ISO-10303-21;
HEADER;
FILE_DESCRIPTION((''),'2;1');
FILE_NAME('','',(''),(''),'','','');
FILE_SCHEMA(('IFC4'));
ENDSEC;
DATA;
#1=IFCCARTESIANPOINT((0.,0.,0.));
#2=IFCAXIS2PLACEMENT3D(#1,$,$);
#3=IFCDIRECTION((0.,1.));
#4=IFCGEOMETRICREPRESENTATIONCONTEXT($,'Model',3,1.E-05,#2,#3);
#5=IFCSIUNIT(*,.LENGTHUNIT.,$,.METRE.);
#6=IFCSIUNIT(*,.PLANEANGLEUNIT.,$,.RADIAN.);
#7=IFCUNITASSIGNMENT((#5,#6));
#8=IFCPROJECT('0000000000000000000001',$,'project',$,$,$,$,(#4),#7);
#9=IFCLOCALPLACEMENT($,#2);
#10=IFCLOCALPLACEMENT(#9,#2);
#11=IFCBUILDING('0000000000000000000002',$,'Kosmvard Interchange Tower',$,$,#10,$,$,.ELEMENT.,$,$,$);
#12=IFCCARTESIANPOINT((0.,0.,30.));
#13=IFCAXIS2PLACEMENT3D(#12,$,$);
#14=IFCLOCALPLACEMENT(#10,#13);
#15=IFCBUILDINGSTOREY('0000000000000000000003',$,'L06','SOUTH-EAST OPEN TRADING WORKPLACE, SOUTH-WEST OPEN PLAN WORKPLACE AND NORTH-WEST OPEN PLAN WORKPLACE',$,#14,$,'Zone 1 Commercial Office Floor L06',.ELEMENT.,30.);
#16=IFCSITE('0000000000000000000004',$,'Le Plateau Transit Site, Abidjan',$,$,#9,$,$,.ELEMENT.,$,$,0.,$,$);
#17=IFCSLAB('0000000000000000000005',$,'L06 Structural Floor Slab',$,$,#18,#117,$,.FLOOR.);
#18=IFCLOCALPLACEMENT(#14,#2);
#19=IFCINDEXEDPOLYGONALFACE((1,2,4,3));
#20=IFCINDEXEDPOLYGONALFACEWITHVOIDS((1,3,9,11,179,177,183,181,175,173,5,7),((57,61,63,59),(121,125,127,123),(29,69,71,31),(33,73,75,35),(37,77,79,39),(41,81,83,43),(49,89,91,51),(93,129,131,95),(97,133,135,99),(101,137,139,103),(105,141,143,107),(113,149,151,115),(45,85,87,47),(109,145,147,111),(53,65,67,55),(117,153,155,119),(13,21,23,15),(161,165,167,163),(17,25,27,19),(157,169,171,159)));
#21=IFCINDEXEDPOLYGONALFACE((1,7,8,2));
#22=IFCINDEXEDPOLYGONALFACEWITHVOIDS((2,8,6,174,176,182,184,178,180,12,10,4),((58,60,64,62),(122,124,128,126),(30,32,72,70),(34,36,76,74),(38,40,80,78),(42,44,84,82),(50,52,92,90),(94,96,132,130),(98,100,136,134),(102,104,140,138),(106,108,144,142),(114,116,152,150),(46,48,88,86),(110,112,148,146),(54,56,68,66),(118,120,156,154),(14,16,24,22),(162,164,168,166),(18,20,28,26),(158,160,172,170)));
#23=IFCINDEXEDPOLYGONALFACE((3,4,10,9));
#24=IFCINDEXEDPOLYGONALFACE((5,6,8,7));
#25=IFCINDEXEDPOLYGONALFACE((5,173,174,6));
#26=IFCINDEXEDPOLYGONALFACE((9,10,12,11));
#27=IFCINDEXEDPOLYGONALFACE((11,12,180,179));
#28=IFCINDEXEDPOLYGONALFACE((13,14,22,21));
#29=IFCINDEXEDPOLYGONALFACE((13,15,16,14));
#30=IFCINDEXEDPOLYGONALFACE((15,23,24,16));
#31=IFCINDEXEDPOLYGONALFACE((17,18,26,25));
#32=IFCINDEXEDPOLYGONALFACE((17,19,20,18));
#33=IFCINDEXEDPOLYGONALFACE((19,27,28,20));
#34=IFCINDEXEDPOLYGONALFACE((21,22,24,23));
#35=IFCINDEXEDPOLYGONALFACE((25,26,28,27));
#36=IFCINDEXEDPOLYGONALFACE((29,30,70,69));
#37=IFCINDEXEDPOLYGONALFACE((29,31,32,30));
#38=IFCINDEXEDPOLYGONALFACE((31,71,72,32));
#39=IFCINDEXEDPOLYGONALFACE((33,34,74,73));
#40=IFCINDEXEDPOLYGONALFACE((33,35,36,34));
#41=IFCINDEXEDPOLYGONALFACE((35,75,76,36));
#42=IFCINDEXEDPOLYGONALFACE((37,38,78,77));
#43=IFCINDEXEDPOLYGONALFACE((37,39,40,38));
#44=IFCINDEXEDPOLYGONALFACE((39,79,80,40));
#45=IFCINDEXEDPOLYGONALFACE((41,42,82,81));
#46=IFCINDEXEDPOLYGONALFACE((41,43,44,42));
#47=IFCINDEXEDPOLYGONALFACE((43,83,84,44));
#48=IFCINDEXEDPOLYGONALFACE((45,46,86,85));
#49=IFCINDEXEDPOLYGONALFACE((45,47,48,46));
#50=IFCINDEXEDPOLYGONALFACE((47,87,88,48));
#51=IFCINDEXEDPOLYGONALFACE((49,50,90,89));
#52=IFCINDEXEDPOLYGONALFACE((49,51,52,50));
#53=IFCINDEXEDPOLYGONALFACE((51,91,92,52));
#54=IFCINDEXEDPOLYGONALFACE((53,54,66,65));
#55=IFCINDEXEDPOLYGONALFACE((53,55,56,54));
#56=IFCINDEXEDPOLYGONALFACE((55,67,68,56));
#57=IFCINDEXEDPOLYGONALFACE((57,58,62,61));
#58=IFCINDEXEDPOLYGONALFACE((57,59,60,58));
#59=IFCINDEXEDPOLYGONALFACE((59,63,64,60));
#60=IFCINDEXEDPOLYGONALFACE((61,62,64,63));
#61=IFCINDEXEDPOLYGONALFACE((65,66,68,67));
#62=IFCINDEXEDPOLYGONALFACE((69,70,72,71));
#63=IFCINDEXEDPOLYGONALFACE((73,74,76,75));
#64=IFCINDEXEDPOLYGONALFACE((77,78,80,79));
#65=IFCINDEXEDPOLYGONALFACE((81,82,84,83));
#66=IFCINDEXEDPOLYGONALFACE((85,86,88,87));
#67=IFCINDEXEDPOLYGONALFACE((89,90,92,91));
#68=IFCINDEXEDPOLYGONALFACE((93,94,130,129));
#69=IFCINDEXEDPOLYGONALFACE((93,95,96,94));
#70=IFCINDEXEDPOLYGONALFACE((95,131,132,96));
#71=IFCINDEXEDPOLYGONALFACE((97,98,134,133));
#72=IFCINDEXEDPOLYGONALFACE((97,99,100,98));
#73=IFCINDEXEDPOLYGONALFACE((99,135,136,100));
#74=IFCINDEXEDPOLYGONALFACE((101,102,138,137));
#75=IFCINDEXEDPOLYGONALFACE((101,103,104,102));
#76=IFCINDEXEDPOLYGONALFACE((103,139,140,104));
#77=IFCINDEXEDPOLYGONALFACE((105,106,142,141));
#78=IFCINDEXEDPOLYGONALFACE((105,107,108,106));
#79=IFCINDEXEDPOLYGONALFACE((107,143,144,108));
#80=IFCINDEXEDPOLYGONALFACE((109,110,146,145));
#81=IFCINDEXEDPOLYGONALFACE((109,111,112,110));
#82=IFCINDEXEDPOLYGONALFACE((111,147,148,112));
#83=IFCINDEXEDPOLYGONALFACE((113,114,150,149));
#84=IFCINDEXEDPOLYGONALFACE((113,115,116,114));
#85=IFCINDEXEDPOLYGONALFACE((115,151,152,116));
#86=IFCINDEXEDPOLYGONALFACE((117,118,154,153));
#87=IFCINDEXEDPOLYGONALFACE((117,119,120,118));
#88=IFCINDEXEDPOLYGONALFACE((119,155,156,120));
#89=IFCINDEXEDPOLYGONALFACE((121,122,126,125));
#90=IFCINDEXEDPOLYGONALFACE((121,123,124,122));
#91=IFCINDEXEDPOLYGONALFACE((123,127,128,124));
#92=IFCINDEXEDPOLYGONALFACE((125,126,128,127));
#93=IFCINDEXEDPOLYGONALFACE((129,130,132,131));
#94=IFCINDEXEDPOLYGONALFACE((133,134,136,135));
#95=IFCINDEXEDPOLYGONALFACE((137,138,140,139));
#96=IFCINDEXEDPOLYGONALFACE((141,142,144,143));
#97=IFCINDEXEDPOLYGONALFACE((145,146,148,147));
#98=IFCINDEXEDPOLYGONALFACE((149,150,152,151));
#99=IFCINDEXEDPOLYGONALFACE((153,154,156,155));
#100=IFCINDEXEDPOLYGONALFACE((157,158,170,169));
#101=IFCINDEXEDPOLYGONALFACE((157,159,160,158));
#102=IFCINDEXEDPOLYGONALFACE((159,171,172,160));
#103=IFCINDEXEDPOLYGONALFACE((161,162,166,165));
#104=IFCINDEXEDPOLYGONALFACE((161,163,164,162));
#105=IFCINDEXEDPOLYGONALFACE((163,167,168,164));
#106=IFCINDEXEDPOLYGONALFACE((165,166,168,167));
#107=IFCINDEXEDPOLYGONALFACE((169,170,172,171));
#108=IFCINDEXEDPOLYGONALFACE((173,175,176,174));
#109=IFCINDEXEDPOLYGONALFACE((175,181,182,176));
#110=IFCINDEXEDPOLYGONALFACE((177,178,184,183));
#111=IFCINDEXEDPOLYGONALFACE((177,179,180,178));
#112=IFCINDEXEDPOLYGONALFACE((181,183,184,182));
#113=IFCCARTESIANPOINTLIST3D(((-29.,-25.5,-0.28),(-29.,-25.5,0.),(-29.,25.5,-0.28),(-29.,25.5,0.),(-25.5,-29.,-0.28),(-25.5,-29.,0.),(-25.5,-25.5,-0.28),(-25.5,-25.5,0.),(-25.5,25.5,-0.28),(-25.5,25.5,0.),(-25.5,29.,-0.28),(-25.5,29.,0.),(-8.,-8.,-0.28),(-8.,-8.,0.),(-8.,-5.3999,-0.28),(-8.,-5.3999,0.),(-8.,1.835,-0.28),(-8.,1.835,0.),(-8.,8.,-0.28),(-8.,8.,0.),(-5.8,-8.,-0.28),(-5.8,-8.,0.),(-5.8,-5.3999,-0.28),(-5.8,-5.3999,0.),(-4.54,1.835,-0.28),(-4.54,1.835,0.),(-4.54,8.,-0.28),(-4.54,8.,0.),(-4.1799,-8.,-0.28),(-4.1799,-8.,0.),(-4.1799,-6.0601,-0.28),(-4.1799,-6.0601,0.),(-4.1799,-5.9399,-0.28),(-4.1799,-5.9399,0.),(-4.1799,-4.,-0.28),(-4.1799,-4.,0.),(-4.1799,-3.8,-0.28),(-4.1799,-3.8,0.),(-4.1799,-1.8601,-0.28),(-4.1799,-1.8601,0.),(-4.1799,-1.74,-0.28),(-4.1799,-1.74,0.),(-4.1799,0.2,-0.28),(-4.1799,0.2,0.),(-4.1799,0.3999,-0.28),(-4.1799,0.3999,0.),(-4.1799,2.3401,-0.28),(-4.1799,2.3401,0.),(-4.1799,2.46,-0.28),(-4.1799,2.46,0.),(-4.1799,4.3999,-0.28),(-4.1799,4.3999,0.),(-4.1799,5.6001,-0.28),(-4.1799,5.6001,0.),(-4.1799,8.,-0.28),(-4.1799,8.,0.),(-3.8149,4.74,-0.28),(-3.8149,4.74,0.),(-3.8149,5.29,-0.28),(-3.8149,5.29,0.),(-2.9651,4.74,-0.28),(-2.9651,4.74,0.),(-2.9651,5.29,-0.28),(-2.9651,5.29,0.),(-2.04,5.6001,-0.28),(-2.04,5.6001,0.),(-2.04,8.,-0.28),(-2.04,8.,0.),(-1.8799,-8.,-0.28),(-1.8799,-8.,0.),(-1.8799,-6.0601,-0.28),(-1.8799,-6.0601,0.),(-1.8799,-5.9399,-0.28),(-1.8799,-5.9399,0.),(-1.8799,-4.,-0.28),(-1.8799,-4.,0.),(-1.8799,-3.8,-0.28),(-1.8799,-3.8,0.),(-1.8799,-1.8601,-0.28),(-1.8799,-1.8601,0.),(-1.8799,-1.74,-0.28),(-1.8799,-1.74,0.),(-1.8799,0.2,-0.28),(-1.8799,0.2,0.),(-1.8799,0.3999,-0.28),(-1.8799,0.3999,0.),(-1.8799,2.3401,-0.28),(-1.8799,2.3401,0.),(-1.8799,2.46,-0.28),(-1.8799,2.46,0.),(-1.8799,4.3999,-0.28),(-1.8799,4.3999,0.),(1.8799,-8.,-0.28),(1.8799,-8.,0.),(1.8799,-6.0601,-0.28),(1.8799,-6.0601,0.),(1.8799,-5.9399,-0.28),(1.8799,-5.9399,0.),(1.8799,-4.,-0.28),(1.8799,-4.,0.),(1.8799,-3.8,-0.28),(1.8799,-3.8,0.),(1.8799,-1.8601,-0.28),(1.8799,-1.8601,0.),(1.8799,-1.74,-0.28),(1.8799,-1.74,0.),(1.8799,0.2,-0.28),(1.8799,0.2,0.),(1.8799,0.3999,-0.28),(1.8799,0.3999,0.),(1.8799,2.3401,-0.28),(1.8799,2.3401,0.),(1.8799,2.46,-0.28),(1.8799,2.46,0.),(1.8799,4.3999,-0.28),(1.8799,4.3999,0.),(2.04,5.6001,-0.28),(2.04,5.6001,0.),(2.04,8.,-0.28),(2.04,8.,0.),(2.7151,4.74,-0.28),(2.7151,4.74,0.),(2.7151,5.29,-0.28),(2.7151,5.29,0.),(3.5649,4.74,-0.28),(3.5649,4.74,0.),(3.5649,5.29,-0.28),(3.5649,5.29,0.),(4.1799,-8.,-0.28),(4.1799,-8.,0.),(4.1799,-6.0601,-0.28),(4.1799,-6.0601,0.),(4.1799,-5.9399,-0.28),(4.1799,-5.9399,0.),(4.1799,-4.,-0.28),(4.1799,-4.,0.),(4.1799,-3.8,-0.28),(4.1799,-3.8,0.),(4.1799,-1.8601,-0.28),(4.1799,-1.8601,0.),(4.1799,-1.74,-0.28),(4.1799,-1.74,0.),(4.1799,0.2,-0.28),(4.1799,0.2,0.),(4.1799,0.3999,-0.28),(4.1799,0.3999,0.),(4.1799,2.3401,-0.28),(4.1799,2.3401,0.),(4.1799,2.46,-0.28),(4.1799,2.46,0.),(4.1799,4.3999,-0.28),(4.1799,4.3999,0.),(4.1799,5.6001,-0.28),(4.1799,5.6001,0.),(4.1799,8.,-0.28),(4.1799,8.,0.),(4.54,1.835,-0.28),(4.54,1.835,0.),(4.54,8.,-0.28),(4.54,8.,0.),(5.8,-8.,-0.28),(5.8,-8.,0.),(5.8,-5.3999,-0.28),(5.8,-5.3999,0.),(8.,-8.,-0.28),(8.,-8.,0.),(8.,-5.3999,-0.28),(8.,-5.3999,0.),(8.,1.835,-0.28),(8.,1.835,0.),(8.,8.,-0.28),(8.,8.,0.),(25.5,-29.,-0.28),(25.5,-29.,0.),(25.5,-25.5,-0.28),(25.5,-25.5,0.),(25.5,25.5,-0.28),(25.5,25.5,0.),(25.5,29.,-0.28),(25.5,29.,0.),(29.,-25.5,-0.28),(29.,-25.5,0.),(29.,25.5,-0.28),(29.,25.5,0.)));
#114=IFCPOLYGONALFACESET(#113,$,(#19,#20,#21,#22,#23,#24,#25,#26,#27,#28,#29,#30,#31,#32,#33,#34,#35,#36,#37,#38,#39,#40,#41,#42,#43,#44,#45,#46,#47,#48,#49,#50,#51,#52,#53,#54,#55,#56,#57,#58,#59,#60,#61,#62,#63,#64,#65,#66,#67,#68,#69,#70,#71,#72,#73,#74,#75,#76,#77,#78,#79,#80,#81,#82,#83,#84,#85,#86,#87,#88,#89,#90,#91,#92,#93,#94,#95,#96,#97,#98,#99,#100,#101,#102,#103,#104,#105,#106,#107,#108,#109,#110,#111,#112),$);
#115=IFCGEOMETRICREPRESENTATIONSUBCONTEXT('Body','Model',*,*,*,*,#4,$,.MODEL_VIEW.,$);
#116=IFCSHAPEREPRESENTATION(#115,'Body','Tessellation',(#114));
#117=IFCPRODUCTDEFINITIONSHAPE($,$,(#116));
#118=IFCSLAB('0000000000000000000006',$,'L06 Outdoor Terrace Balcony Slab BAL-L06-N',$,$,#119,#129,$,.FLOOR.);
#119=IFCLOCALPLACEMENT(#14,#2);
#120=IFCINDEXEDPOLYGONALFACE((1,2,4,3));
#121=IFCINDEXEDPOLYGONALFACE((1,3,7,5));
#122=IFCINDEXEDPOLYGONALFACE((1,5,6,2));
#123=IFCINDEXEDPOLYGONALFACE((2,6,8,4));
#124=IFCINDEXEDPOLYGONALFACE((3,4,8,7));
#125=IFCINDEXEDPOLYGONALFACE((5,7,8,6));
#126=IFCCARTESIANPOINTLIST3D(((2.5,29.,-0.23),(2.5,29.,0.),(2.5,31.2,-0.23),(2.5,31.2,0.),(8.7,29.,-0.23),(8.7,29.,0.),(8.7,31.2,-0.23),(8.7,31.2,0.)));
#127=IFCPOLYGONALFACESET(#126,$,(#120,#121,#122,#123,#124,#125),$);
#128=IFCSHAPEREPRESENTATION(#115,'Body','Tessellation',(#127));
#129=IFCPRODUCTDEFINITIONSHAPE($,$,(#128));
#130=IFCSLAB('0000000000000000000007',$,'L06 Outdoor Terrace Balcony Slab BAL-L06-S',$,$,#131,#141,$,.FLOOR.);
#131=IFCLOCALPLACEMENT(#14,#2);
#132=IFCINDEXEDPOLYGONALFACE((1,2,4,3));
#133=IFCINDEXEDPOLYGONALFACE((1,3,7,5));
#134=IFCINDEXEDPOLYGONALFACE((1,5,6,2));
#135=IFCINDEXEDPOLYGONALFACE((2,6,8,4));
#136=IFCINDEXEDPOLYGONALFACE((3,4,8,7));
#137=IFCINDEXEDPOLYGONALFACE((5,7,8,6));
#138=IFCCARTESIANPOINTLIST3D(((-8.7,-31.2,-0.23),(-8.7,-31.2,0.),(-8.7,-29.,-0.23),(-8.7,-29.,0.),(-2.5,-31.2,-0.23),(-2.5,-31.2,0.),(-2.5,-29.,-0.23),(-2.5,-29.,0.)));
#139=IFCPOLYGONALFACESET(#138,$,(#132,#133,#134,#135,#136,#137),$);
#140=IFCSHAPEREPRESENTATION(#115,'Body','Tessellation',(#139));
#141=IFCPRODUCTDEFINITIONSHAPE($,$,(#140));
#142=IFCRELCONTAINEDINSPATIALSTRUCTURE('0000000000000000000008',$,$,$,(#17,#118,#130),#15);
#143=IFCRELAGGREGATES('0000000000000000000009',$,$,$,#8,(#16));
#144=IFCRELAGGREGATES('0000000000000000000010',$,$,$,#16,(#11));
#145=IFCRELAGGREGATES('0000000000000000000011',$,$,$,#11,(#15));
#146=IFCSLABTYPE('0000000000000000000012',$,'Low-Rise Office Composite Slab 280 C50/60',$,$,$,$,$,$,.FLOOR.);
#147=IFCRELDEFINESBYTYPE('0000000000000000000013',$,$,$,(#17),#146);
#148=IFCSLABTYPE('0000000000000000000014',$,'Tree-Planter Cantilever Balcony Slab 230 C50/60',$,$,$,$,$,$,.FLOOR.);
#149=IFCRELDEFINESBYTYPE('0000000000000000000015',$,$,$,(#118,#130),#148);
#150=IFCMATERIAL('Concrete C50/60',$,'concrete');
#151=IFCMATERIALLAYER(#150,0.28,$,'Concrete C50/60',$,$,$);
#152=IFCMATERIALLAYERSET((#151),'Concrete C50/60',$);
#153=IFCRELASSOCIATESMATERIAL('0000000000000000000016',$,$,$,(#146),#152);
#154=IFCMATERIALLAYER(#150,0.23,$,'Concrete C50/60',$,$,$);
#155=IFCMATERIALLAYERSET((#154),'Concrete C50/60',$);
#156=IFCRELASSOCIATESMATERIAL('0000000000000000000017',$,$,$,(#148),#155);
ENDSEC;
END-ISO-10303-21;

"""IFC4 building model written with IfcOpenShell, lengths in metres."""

from ifc_helpers import new_model, si_unit, direction, frame, origin, place, context, subcontext, project, spatial, polyline, outline, extrude, material, layer, layer_set, type_object, element, save


model = new_model("IFC4")

# Units and contexts
model_context = context("Model", 3, precision=1e-05, world=origin(), true_north=direction((0.0, 1.0)))
body_context = subcontext(model_context, "Body", "Model", "MODEL_VIEW")
ifc_project = project(units=[si_unit("LENGTHUNIT", "METRE"), si_unit("PLANEANGLEUNIT", "RADIAN")], contexts=[model_context])

# Site, building, storey
site_placement = place(None, origin())
site = spatial("IfcSite", under=ifc_project, at=site_placement, Name="Le Plateau Transit Site, Abidjan", CompositionType="ELEMENT", RefElevation=0.0)
building_placement = place(site_placement, origin())
building = spatial("IfcBuilding", under=site, at=building_placement, Name="Kosmvard Interchange Tower", CompositionType="ELEMENT")
storey_placement = place(building_placement, frame((0.0, 0.0, 30.0)))
storey = spatial("IfcBuildingStorey", under=building, at=storey_placement, Name="L06", Description="SOUTH-EAST OPEN TRADING WORKPLACE, SOUTH-WEST OPEN PLAN WORKPLACE AND NORTH-WEST OPEN PLAN WORKPLACE", LongName="Zone 1 Commercial Office Floor L06", CompositionType="ELEMENT", Elevation=30.0)

# Slabs
ifc_material_1 = material(Name="Concrete C50/60", Category="concrete")
ifc_layer_1 = layer(ifc_material_1, 0.28, Name="Concrete C50/60")
ifc_layer_set_1 = layer_set([ifc_layer_1], Name="Concrete C50/60")
slab_type_1 = type_object("IfcSlabType", Name="Low-Rise Office Composite Slab 280 C50/60", PredefinedType="FLOOR", material=ifc_layer_set_1)
slab_1_placement = place(storey_placement, frame((0.0, 0.0, -0.28)))
element("IfcSlab", 1, at=slab_1_placement, inside=storey, type_object=slab_type_1, Name="L06 Structural Floor Slab", PredefinedType="FLOOR", context=body_context, shape_type="SweptSolid", body=[
    extrude(outline(polyline([(-25.5, -29.0), (25.5, -29.0), (25.5, -25.5), (29.0, -25.5), (29.0, 25.5), (25.5, 25.5), (25.5, 29.0), (-25.5, 29.0), (-25.5, 25.5), (-29.0, 25.5), (-29.0, -25.5), (-25.5, -25.5), (-25.5, -29.0)]), holes=[polyline([(-8.0, 1.835), (-4.54, 1.835), (-4.54, 8.0), (-8.0, 8.0), (-8.0, 1.835)]), polyline([(4.54, 1.835), (8.0, 1.835), (8.0, 8.0), (4.54, 8.0), (4.54, 1.835)]), polyline([(-8.0, -8.0), (-5.8, -8.0), (-5.8, -5.3999), (-8.0, -5.3999), (-8.0, -8.0)]), polyline([(5.8, -8.0), (8.0, -8.0), (8.0, -5.3999), (5.8, -5.3999), (5.8, -8.0)]), polyline([(-4.1799, -8.0), (-1.8799, -8.0), (-1.8799, -6.0601), (-4.1799, -6.0601), (-4.1799, -8.0)]), polyline([(-4.1799, -5.9399), (-1.8799, -5.9399), (-1.8799, -4.0), (-4.1799, -4.0), (-4.1799, -5.9399)]), polyline([(1.8799, -8.0), (4.1799, -8.0), (4.1799, -6.0601), (1.8799, -6.0601), (1.8799, -8.0)]), polyline([(1.8799, -5.9399), (4.1799, -5.9399), (4.1799, -4.0), (1.8799, -4.0), (1.8799, -5.9399)]), polyline([(-4.1799, -3.8), (-1.8799, -3.8), (-1.8799, -1.8601), (-4.1799, -1.8601), (-4.1799, -3.8)]), polyline([(-4.1799, -1.74), (-1.8799, -1.74), (-1.8799, 0.2), (-4.1799, 0.2), (-4.1799, -1.74)]), polyline([(1.8799, -3.8), (4.1799, -3.8), (4.1799, -1.8601), (1.8799, -1.8601), (1.8799, -3.8)]), polyline([(1.8799, -1.74), (4.1799, -1.74), (4.1799, 0.2), (1.8799, 0.2), (1.8799, -1.74)]), polyline([(-4.1799, 0.3999), (-1.8799, 0.3999), (-1.8799, 2.3401), (-4.1799, 2.3401), (-4.1799, 0.3999)]), polyline([(-4.1799, 2.46), (-1.8799, 2.46), (-1.8799, 4.3999), (-4.1799, 4.3999), (-4.1799, 2.46)]), polyline([(1.8799, 0.3999), (4.1799, 0.3999), (4.1799, 2.3401), (1.8799, 2.3401), (1.8799, 0.3999)]), polyline([(1.8799, 2.46), (4.1799, 2.46), (4.1799, 4.3999), (1.8799, 4.3999), (1.8799, 2.46)]), polyline([(-4.1799, 5.6001), (-2.04, 5.6001), (-2.04, 8.0), (-4.1799, 8.0), (-4.1799, 5.6001)]), polyline([(2.04, 5.6001), (4.1799, 5.6001), (4.1799, 8.0), (2.04, 8.0), (2.04, 5.6001)]), polyline([(-3.8149, 4.74), (-2.9651, 4.74), (-2.9651, 5.29), (-3.8149, 5.29), (-3.8149, 4.74)]), polyline([(2.7151, 4.74), (3.5649, 4.74), (3.5649, 5.29), (2.7151, 5.29), (2.7151, 4.74)])]), origin(), (0.0, 0.0, 1.0), 0.28),
])
ifc_layer_2 = layer(ifc_material_1, 0.23, Name="Concrete C50/60")
ifc_layer_set_2 = layer_set([ifc_layer_2], Name="Concrete C50/60")
slab_type_2 = type_object("IfcSlabType", Name="Tree-Planter Cantilever Balcony Slab 230 C50/60", PredefinedType="FLOOR", material=ifc_layer_set_2)
slab_2_placement = place(storey_placement, frame((0.0, 0.0, -0.23)))
element("IfcSlab", 2, at=slab_2_placement, inside=storey, type_object=slab_type_2, Name="L06 Outdoor Terrace Balcony Slab BAL-L06-N", PredefinedType="FLOOR", context=body_context, shape_type="SweptSolid", body=[
    extrude(outline(polyline([(2.5, 29.0), (8.7, 29.0), (8.7, 31.2), (2.5, 31.2), (2.5, 29.0)])), origin(), (0.0, 0.0, 1.0), 0.23),
])
slab_3_placement = place(storey_placement, frame((0.0, 0.0, -0.23)))
element("IfcSlab", 3, at=slab_3_placement, inside=storey, type_object=slab_type_2, Name="L06 Outdoor Terrace Balcony Slab BAL-L06-S", PredefinedType="FLOOR", context=body_context, shape_type="SweptSolid", body=[
    extrude(outline(polyline([(-8.7, -31.2), (-2.5, -31.2), (-2.5, -29.0), (-8.7, -29.0), (-8.7, -31.2)])), origin(), (0.0, 0.0, 1.0), 0.23),
])

save(model, "model.ifc")
